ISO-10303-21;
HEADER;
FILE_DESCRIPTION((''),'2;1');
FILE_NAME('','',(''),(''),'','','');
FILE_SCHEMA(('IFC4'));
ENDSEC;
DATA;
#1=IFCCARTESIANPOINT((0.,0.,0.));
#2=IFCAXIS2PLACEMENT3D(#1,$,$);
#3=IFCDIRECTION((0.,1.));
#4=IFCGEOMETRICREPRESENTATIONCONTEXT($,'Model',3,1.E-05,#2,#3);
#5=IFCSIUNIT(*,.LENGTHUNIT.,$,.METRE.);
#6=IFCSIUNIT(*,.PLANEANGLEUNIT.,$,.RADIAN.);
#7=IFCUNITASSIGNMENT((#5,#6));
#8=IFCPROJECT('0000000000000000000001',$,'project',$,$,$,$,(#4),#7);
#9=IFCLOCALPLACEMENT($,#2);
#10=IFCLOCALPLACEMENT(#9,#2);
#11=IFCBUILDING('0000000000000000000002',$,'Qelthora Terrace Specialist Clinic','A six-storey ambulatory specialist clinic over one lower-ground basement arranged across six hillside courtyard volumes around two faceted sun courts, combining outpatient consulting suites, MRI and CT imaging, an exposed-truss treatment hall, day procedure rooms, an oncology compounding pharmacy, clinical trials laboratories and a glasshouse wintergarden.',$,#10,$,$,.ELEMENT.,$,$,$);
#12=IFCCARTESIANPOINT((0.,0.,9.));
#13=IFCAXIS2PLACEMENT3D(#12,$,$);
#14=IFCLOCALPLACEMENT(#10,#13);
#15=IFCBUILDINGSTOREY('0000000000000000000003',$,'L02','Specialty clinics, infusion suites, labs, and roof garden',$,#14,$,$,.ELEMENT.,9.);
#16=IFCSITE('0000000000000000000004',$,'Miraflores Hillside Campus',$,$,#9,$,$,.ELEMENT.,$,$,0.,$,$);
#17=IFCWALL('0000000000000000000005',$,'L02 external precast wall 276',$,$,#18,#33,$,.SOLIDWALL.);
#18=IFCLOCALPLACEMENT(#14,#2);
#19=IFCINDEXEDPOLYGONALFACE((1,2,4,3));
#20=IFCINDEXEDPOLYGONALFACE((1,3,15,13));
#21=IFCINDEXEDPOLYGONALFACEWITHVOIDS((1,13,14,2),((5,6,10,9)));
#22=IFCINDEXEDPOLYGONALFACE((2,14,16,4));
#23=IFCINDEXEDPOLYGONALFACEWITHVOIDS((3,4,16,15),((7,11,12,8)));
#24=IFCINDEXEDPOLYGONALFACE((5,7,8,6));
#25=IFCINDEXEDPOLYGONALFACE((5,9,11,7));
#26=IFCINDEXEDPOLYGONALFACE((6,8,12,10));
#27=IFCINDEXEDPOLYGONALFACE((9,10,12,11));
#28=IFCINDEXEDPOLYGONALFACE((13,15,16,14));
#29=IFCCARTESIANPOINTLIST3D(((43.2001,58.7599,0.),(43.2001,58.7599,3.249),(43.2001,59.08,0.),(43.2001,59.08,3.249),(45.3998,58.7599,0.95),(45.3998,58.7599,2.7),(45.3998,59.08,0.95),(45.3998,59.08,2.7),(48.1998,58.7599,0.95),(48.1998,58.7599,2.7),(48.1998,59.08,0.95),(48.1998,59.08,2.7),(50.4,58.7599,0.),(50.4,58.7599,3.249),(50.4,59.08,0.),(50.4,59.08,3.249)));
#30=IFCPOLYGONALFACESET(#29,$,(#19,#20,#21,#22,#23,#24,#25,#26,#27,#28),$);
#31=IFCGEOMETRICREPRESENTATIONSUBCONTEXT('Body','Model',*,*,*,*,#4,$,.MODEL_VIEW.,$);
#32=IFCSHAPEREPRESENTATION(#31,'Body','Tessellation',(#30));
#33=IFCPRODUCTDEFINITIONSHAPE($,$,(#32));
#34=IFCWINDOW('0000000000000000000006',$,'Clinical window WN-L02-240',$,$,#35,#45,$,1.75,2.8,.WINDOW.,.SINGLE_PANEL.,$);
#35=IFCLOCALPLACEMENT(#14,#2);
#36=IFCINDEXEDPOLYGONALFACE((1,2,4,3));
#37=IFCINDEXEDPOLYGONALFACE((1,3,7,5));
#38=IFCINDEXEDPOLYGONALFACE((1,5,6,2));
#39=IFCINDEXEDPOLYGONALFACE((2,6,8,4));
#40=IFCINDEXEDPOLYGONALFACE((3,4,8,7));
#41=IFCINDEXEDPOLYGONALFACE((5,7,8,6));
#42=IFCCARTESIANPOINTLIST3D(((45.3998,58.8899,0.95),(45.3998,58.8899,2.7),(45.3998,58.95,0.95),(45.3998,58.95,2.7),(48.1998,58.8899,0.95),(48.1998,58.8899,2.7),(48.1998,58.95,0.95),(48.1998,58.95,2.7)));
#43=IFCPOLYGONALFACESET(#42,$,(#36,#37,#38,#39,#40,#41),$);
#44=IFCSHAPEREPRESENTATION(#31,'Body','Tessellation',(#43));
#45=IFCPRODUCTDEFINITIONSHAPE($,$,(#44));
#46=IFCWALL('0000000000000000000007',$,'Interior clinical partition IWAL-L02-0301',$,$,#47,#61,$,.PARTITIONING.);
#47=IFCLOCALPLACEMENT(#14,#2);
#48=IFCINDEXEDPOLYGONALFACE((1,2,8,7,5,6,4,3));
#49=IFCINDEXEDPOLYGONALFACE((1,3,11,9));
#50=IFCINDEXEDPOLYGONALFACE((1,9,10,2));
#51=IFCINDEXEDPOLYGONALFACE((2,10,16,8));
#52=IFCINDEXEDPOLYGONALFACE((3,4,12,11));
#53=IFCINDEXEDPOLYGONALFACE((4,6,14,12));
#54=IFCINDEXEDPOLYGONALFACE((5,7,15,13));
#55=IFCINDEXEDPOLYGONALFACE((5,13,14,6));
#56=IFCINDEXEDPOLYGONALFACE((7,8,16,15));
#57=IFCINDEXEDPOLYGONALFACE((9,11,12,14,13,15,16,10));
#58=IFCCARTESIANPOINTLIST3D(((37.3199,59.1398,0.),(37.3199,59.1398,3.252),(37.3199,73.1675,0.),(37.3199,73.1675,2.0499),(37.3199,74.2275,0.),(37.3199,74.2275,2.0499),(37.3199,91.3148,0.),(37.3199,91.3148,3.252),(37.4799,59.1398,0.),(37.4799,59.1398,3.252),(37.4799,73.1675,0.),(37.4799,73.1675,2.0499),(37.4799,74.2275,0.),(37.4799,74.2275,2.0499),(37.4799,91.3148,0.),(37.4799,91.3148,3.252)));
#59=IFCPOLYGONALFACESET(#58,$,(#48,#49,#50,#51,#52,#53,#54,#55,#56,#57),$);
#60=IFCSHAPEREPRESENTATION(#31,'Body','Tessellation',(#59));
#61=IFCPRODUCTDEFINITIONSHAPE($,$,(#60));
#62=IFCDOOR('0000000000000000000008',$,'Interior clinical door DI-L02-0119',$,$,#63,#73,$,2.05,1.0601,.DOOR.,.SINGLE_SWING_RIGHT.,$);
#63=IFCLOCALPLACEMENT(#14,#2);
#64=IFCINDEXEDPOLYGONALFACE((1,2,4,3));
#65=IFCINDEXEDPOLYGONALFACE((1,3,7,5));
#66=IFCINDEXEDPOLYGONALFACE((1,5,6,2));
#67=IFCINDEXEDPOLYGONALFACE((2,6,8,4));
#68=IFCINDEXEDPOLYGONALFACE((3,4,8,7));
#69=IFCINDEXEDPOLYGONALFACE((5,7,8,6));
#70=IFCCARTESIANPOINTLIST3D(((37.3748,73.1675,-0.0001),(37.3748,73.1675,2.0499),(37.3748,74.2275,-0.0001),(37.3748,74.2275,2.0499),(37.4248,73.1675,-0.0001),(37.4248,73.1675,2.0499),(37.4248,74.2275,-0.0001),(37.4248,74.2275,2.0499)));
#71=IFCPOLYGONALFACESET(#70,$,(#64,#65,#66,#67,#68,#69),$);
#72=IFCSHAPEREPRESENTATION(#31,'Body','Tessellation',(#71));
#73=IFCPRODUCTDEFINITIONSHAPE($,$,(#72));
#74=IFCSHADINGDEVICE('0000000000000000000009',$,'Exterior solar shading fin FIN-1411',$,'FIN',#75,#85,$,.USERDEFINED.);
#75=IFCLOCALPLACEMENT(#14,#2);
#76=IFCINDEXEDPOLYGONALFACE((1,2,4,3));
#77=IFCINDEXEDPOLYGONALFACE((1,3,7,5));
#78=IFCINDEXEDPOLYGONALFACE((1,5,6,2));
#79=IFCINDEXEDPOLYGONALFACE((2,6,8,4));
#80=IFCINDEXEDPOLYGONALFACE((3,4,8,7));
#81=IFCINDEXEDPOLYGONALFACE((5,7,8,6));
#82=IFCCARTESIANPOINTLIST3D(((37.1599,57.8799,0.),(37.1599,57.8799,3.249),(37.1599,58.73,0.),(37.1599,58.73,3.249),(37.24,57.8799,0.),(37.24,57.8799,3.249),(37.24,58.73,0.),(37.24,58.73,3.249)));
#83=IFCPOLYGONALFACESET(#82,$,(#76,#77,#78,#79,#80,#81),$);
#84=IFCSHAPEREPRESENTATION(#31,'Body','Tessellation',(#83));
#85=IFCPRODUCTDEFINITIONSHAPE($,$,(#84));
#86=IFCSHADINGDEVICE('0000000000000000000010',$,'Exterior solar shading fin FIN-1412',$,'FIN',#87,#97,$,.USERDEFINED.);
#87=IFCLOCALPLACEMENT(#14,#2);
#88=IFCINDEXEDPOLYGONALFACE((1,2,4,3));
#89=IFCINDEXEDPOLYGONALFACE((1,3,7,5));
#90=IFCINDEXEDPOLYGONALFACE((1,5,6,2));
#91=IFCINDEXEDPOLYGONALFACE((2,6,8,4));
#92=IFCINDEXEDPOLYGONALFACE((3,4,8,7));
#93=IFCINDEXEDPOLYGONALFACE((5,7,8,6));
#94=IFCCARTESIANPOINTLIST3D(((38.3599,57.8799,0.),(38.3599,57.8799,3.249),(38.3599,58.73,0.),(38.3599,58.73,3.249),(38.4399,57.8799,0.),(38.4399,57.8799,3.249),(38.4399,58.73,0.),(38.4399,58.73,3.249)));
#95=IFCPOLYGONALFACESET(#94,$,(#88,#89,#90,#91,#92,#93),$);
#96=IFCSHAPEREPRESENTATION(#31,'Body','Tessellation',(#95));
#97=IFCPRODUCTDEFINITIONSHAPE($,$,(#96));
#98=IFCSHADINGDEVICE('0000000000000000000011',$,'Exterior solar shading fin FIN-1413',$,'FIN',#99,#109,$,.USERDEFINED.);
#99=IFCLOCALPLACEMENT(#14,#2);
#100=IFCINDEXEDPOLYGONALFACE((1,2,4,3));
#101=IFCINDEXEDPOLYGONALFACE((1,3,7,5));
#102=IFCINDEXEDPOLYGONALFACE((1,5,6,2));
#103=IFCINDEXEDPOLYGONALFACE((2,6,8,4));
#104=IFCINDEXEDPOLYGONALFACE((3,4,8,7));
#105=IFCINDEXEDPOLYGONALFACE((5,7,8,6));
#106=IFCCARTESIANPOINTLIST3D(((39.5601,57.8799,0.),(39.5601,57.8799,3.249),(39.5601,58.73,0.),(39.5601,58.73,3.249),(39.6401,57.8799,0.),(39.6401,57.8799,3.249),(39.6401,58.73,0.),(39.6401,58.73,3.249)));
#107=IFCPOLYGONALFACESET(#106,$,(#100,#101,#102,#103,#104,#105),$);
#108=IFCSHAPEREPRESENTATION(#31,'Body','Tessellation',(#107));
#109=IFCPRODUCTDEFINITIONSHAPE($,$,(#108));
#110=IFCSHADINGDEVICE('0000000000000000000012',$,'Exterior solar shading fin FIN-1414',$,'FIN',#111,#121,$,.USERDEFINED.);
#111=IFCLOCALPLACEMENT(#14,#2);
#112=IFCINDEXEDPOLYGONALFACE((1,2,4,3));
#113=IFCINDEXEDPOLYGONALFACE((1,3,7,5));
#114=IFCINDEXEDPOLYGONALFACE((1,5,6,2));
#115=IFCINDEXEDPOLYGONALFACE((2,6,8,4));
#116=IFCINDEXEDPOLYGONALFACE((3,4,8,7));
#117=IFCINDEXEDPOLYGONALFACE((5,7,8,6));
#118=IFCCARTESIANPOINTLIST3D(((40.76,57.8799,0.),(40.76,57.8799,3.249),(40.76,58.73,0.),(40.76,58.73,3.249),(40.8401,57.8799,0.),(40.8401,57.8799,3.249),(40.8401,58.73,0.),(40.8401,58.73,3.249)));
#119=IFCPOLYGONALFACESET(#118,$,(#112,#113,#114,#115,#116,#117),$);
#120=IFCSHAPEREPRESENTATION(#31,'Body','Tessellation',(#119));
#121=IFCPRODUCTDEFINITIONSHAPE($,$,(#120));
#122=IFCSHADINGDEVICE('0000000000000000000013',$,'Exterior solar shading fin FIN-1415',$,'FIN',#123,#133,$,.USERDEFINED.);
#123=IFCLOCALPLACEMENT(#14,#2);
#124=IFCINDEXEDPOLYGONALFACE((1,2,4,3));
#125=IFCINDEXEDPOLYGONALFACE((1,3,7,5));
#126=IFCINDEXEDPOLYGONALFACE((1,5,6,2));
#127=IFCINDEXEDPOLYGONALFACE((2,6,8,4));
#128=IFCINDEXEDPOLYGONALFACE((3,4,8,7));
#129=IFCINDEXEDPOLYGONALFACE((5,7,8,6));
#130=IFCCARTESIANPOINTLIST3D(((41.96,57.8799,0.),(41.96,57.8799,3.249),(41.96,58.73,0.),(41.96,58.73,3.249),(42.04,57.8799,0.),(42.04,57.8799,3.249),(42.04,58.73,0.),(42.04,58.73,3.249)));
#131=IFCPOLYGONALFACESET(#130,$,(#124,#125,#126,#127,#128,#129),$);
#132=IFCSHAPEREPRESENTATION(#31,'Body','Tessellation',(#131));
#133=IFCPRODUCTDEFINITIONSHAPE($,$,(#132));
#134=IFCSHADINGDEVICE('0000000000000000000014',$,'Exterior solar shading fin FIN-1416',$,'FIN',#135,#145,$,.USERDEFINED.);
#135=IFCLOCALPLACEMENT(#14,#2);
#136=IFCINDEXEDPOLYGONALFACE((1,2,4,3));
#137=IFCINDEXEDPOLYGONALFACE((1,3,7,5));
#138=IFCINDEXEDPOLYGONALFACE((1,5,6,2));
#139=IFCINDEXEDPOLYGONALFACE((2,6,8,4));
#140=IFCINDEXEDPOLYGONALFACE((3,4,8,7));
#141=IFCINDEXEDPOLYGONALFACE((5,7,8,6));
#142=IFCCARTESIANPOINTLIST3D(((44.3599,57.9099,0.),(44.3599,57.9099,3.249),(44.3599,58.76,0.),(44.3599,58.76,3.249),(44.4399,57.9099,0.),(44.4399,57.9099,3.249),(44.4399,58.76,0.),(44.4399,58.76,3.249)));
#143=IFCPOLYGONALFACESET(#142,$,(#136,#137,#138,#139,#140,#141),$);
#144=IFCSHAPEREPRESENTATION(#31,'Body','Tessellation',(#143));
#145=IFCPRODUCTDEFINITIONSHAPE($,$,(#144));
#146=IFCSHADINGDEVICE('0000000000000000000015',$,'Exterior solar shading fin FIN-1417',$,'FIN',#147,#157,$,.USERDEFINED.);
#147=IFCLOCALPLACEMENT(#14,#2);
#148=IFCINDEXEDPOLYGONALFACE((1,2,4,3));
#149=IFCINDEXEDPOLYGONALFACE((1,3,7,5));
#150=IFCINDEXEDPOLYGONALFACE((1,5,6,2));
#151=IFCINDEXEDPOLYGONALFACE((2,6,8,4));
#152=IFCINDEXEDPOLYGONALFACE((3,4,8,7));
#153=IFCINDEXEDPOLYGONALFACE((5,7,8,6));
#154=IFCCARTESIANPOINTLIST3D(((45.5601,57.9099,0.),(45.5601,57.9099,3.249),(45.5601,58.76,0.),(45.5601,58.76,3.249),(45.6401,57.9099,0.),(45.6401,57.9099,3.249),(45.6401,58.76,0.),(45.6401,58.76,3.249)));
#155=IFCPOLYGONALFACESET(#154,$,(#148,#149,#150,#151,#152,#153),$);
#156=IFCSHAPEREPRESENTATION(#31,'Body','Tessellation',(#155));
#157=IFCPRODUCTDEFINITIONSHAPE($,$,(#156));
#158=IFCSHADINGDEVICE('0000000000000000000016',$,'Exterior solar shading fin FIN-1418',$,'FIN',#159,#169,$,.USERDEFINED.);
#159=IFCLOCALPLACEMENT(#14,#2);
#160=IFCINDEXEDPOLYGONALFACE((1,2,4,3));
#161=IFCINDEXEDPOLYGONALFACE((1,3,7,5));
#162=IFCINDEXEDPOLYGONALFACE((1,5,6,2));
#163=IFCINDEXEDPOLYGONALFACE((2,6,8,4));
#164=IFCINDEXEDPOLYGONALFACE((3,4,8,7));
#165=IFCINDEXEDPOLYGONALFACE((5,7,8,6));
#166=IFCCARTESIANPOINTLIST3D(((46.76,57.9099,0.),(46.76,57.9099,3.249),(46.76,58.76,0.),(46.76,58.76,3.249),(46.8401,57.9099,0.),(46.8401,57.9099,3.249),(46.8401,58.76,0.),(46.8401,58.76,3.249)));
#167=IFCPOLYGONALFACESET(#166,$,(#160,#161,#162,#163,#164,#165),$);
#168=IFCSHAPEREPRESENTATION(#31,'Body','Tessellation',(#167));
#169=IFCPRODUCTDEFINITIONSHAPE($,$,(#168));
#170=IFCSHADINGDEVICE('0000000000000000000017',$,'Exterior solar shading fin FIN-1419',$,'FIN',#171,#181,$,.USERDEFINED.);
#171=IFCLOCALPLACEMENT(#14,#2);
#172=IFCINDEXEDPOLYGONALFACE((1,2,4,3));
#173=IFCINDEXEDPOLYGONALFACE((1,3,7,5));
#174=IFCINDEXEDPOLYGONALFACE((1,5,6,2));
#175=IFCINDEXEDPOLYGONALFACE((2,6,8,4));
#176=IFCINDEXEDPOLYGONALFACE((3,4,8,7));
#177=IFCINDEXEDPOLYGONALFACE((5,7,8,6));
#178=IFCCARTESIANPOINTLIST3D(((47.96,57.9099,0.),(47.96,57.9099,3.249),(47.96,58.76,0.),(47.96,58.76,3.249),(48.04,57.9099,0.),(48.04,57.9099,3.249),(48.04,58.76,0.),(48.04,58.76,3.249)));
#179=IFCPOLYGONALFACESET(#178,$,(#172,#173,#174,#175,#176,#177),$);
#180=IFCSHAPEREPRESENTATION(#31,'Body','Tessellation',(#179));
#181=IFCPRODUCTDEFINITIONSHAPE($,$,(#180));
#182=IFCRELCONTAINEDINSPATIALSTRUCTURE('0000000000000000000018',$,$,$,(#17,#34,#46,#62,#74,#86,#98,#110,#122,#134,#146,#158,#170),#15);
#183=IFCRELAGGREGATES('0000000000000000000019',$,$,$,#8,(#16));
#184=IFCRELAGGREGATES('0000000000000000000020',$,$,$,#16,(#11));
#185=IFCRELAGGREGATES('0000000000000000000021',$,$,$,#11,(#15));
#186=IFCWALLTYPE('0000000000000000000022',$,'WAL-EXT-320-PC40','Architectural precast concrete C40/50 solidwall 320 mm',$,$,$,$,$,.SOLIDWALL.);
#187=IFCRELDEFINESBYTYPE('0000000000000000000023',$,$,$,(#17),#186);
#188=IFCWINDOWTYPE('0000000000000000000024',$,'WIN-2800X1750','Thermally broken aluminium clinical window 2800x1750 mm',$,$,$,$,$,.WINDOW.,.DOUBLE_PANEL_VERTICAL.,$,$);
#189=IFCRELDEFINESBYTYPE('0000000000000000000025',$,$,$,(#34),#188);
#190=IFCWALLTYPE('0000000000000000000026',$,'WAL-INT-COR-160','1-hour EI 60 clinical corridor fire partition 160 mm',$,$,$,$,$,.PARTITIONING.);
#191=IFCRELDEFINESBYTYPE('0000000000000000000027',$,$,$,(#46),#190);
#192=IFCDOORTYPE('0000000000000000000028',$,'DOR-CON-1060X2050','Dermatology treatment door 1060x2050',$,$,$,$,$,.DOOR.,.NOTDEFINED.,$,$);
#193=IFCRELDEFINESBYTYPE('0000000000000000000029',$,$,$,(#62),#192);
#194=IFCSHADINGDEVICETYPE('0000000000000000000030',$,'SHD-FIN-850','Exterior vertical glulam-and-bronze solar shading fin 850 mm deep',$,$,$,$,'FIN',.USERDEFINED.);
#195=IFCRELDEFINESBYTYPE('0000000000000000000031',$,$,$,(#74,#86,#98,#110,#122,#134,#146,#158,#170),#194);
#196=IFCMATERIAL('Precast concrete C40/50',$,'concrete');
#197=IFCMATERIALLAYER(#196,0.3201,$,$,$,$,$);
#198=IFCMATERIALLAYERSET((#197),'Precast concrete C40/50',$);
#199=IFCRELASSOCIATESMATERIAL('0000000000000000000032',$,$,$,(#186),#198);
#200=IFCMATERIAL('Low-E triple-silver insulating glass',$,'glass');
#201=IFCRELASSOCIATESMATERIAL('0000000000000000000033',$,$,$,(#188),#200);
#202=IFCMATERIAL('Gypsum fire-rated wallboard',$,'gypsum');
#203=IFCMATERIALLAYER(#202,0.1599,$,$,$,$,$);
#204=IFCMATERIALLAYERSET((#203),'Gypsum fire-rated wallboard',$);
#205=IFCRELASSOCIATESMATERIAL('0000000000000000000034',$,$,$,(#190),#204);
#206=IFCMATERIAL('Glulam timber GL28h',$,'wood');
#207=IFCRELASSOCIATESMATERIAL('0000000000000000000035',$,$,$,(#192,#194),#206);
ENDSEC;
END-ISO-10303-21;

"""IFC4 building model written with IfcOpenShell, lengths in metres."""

from ifc_helpers import new_model, si_unit, direction, frame, frame_2d, origin, origin_2d, place, context, subcontext, project, spatial, rectangle, extrude, material, layer, layer_set, type_object, element, fill, save


model = new_model("IFC4")

# Units and contexts
model_context = context("Model", 3, precision=1e-05, world=origin(), true_north=direction((0.0, 1.0)))
body_context = subcontext(model_context, "Body", "Model", "MODEL_VIEW")
ifc_project = project(units=[si_unit("LENGTHUNIT", "METRE"), si_unit("PLANEANGLEUNIT", "RADIAN")], contexts=[model_context])

# Site, building, storey
site_placement = place(None, origin())
site = spatial("IfcSite", under=ifc_project, at=site_placement, Name="Miraflores Hillside Campus", CompositionType="ELEMENT", RefElevation=0.0)
building_placement = place(site_placement, origin())
building = spatial("IfcBuilding", under=site, at=building_placement, Name="Qelthora Terrace Specialist Clinic", Description="A six-storey ambulatory specialist clinic over one lower-ground basement arranged across six hillside courtyard volumes around two faceted sun courts, combining outpatient consulting suites, MRI and CT imaging, an exposed-truss treatment hall, day procedure rooms, an oncology compounding pharmacy, clinical trials laboratories and a glasshouse wintergarden.", CompositionType="ELEMENT")
storey_placement = place(building_placement, frame((0.0, 0.0, 9.0)))
storey = spatial("IfcBuildingStorey", under=building, at=storey_placement, Name="L02", Description="Specialty clinics, infusion suites, labs, and roof garden", CompositionType="ELEMENT", Elevation=9.0)

# Wall, opening, window
ifc_material_1 = material(Name="Precast concrete C40/50", Category="concrete")
ifc_layer_1 = layer(ifc_material_1, 0.3201)
ifc_layer_set_1 = layer_set([ifc_layer_1], Name="Precast concrete C40/50")
wall_type_1 = type_object("IfcWallType", Name="WAL-EXT-320-PC40", Description="Architectural precast concrete C40/50 solidwall 320 mm", PredefinedType="SOLIDWALL", material=ifc_layer_set_1)
ifc_material_2 = material(Name="Low-E triple-silver insulating glass", Category="glass")
wall_1_placement = place(storey_placement, frame((43.2, 58.9199, 0.0), z_axis=(0.0, 0.0, 1.0), x_axis=(1.0, 0.0, 0.0)))
wall_1 = element("IfcWall", 1, at=wall_1_placement, inside=storey, type_object=wall_type_1, Name="L02 external precast wall 276", PredefinedType="SOLIDWALL", context=body_context, shape_type="SweptSolid", body=[
    extrude(rectangle(XDim=7.2, YDim=0.3201, at=frame_2d((3.6001, 0.0))), origin(), (0.0, 0.0, 1.0), 3.249),
])
opening_1_placement = place(wall_1_placement, frame((2.2, 0.0, 0.95)))
opening_1 = element("IfcOpeningElement", 2, at=opening_1_placement, cuts=wall_1, PredefinedType="OPENING", context=body_context, shape_type="SweptSolid", body=[
    extrude(rectangle(XDim=2.8, YDim=1.75, at=frame_2d((1.3999, 0.875))), frame((0.0, 0.1699, 0.0), z_axis=(0.0, -1.0, 0.0), x_axis=(1.0, 0.0, 0.0)), (0.0, 0.0, 1.0), 0.3401),
])
window_type_1 = type_object("IfcWindowType", Name="WIN-2800X1750", Description="Thermally broken aluminium clinical window 2800x1750 mm", PartitioningType="DOUBLE_PANEL_VERTICAL", PredefinedType="WINDOW", material=ifc_material_2)
window_1_placement = place(opening_1_placement, origin())
window_1 = element("IfcWindow", 3, at=window_1_placement, inside=storey, type_object=window_type_1, Name="Clinical window WN-L02-240", OverallHeight=1.75, OverallWidth=2.8, PartitioningType="SINGLE_PANEL", PredefinedType="WINDOW", context=body_context, shape_type="SweptSolid", body=[
    extrude(rectangle(XDim=2.8, YDim=1.75, at=frame_2d((1.3999, 0.875))), frame((0.0, 0.03, 0.0), z_axis=(0.0, -1.0, 0.0), x_axis=(1.0, 0.0, 0.0)), (0.0, 0.0, 1.0), 0.0601),
])
fill(opening_1, window_1)

# Wall, opening, door
ifc_material_3 = material(Name="Gypsum fire-rated wallboard", Category="gypsum")
ifc_layer_2 = layer(ifc_material_3, 0.1599)
ifc_layer_set_2 = layer_set([ifc_layer_2], Name="Gypsum fire-rated wallboard")
wall_type_2 = type_object("IfcWallType", Name="WAL-INT-COR-160", Description="1-hour EI 60 clinical corridor fire partition 160 mm", PredefinedType="PARTITIONING", material=ifc_layer_set_2)
wall_2_placement = place(storey_placement, frame((37.3999, 59.1399, 0.0), z_axis=(0.0, 0.0, 1.0), x_axis=(0.0, 1.0, 0.0)))
wall_2 = element("IfcWall", 4, at=wall_2_placement, inside=storey, type_object=wall_type_2, Name="Interior clinical partition IWAL-L02-0301", PredefinedType="PARTITIONING", context=body_context, shape_type="SweptSolid", body=[
    extrude(rectangle(XDim=32.175, YDim=0.1599, at=frame_2d((16.0874, 0.0))), origin(), (0.0, 0.0, 1.0), 3.252),
])
opening_2_placement = place(wall_2_placement, frame((14.0276, 0.0, 0.0)))
opening_2 = element("IfcOpeningElement", 5, at=opening_2_placement, cuts=wall_2, PredefinedType="OPENING", context=body_context, shape_type="SweptSolid", body=[
    extrude(rectangle(XDim=1.0601, YDim=2.05, at=frame_2d((0.53, 1.0249))), frame((0.0, 0.0898, 0.0), z_axis=(0.0, -1.0, 0.0), x_axis=(1.0, 0.0, 0.0)), (0.0, 0.0, 1.0), 0.1799),
])
ifc_material_4 = material(Name="Glulam timber GL28h", Category="wood")
door_type = type_object("IfcDoorType", Name="DOR-CON-1060X2050", Description="Dermatology treatment door 1060x2050", OperationType="NOTDEFINED", PredefinedType="DOOR", material=ifc_material_4)
door_placement = place(opening_2_placement, frame((1.0601, 0.0, 0.0), z_axis=(0.0, 0.0, 1.0), x_axis=(-1.0, 0.0, 0.0)))
door = element("IfcDoor", 6, at=door_placement, inside=storey, type_object=door_type, Name="Interior clinical door DI-L02-0119", OperationType="SINGLE_SWING_RIGHT", OverallHeight=2.05, OverallWidth=1.0601, PredefinedType="DOOR", context=body_context, shape_type="SweptSolid", body=[
    extrude(rectangle(XDim=1.0601, YDim=2.05, at=frame_2d((0.53, 1.0249))), frame((0.0, 0.0249, 0.0), z_axis=(0.0, -1.0, 0.0), x_axis=(1.0, 0.0, 0.0)), (0.0, 0.0, 1.0), 0.05),
])
fill(opening_2, door)

# Shading devices
shading_device_type = type_object("IfcShadingDeviceType", Name="SHD-FIN-850", Description="Exterior vertical glulam-and-bronze solar shading fin 850 mm deep", ElementType="FIN", PredefinedType="USERDEFINED", material=ifc_material_4)
for number, where, z_axis, x_axis, name in (
    (7, (37.2, 58.3049, 0.0), (0.0, 0.0, 1.0), (0.0, -1.0, 0.0), "Exterior solar shading fin FIN-1411"),
    (8, (38.3999, 58.3049, 0.0), (0.0, 0.0, 1.0), (0.0, -1.0, 0.0), "Exterior solar shading fin FIN-1412"),
    (9, (39.6001, 58.3049, 0.0), (0.0, 0.0, 1.0), (0.0, -1.0, 0.0), "Exterior solar shading fin FIN-1413"),
    (10, (40.8, 58.3049, 0.0), (0.0, 0.0, 1.0), (0.0, -1.0, 0.0), "Exterior solar shading fin FIN-1414"),
    (11, (42.0, 58.3049, 0.0), (0.0, 0.0, 1.0), (0.0, -1.0, 0.0), "Exterior solar shading fin FIN-1415"),
    (12, (44.3999, 58.335, 0.0), (0.0, 0.0, 1.0), (0.0, -1.0, 0.0), "Exterior solar shading fin FIN-1416"),
    (13, (45.6001, 58.335, 0.0), (0.0, 0.0, 1.0), (0.0, -1.0, 0.0), "Exterior solar shading fin FIN-1417"),
    (14, (46.8, 58.335, 0.0), (0.0, 0.0, 1.0), (0.0, -1.0, 0.0), "Exterior solar shading fin FIN-1418"),
    (15, (48.0, 58.335, 0.0), (0.0, 0.0, 1.0), (0.0, -1.0, 0.0), "Exterior solar shading fin FIN-1419"),
):
    element("IfcShadingDevice", number, at=place(storey_placement, frame(where, z_axis=z_axis, x_axis=x_axis)), inside=storey, type_object=shading_device_type, Name=name, ObjectType="FIN", PredefinedType="USERDEFINED", context=body_context, shape_type="SweptSolid", body=[
        extrude(rectangle(XDim=0.8501, YDim=0.0801, at=origin_2d()), origin(), (0.0, 0.0, 1.0), 3.249),
    ])

save(model, "model.ifc")
